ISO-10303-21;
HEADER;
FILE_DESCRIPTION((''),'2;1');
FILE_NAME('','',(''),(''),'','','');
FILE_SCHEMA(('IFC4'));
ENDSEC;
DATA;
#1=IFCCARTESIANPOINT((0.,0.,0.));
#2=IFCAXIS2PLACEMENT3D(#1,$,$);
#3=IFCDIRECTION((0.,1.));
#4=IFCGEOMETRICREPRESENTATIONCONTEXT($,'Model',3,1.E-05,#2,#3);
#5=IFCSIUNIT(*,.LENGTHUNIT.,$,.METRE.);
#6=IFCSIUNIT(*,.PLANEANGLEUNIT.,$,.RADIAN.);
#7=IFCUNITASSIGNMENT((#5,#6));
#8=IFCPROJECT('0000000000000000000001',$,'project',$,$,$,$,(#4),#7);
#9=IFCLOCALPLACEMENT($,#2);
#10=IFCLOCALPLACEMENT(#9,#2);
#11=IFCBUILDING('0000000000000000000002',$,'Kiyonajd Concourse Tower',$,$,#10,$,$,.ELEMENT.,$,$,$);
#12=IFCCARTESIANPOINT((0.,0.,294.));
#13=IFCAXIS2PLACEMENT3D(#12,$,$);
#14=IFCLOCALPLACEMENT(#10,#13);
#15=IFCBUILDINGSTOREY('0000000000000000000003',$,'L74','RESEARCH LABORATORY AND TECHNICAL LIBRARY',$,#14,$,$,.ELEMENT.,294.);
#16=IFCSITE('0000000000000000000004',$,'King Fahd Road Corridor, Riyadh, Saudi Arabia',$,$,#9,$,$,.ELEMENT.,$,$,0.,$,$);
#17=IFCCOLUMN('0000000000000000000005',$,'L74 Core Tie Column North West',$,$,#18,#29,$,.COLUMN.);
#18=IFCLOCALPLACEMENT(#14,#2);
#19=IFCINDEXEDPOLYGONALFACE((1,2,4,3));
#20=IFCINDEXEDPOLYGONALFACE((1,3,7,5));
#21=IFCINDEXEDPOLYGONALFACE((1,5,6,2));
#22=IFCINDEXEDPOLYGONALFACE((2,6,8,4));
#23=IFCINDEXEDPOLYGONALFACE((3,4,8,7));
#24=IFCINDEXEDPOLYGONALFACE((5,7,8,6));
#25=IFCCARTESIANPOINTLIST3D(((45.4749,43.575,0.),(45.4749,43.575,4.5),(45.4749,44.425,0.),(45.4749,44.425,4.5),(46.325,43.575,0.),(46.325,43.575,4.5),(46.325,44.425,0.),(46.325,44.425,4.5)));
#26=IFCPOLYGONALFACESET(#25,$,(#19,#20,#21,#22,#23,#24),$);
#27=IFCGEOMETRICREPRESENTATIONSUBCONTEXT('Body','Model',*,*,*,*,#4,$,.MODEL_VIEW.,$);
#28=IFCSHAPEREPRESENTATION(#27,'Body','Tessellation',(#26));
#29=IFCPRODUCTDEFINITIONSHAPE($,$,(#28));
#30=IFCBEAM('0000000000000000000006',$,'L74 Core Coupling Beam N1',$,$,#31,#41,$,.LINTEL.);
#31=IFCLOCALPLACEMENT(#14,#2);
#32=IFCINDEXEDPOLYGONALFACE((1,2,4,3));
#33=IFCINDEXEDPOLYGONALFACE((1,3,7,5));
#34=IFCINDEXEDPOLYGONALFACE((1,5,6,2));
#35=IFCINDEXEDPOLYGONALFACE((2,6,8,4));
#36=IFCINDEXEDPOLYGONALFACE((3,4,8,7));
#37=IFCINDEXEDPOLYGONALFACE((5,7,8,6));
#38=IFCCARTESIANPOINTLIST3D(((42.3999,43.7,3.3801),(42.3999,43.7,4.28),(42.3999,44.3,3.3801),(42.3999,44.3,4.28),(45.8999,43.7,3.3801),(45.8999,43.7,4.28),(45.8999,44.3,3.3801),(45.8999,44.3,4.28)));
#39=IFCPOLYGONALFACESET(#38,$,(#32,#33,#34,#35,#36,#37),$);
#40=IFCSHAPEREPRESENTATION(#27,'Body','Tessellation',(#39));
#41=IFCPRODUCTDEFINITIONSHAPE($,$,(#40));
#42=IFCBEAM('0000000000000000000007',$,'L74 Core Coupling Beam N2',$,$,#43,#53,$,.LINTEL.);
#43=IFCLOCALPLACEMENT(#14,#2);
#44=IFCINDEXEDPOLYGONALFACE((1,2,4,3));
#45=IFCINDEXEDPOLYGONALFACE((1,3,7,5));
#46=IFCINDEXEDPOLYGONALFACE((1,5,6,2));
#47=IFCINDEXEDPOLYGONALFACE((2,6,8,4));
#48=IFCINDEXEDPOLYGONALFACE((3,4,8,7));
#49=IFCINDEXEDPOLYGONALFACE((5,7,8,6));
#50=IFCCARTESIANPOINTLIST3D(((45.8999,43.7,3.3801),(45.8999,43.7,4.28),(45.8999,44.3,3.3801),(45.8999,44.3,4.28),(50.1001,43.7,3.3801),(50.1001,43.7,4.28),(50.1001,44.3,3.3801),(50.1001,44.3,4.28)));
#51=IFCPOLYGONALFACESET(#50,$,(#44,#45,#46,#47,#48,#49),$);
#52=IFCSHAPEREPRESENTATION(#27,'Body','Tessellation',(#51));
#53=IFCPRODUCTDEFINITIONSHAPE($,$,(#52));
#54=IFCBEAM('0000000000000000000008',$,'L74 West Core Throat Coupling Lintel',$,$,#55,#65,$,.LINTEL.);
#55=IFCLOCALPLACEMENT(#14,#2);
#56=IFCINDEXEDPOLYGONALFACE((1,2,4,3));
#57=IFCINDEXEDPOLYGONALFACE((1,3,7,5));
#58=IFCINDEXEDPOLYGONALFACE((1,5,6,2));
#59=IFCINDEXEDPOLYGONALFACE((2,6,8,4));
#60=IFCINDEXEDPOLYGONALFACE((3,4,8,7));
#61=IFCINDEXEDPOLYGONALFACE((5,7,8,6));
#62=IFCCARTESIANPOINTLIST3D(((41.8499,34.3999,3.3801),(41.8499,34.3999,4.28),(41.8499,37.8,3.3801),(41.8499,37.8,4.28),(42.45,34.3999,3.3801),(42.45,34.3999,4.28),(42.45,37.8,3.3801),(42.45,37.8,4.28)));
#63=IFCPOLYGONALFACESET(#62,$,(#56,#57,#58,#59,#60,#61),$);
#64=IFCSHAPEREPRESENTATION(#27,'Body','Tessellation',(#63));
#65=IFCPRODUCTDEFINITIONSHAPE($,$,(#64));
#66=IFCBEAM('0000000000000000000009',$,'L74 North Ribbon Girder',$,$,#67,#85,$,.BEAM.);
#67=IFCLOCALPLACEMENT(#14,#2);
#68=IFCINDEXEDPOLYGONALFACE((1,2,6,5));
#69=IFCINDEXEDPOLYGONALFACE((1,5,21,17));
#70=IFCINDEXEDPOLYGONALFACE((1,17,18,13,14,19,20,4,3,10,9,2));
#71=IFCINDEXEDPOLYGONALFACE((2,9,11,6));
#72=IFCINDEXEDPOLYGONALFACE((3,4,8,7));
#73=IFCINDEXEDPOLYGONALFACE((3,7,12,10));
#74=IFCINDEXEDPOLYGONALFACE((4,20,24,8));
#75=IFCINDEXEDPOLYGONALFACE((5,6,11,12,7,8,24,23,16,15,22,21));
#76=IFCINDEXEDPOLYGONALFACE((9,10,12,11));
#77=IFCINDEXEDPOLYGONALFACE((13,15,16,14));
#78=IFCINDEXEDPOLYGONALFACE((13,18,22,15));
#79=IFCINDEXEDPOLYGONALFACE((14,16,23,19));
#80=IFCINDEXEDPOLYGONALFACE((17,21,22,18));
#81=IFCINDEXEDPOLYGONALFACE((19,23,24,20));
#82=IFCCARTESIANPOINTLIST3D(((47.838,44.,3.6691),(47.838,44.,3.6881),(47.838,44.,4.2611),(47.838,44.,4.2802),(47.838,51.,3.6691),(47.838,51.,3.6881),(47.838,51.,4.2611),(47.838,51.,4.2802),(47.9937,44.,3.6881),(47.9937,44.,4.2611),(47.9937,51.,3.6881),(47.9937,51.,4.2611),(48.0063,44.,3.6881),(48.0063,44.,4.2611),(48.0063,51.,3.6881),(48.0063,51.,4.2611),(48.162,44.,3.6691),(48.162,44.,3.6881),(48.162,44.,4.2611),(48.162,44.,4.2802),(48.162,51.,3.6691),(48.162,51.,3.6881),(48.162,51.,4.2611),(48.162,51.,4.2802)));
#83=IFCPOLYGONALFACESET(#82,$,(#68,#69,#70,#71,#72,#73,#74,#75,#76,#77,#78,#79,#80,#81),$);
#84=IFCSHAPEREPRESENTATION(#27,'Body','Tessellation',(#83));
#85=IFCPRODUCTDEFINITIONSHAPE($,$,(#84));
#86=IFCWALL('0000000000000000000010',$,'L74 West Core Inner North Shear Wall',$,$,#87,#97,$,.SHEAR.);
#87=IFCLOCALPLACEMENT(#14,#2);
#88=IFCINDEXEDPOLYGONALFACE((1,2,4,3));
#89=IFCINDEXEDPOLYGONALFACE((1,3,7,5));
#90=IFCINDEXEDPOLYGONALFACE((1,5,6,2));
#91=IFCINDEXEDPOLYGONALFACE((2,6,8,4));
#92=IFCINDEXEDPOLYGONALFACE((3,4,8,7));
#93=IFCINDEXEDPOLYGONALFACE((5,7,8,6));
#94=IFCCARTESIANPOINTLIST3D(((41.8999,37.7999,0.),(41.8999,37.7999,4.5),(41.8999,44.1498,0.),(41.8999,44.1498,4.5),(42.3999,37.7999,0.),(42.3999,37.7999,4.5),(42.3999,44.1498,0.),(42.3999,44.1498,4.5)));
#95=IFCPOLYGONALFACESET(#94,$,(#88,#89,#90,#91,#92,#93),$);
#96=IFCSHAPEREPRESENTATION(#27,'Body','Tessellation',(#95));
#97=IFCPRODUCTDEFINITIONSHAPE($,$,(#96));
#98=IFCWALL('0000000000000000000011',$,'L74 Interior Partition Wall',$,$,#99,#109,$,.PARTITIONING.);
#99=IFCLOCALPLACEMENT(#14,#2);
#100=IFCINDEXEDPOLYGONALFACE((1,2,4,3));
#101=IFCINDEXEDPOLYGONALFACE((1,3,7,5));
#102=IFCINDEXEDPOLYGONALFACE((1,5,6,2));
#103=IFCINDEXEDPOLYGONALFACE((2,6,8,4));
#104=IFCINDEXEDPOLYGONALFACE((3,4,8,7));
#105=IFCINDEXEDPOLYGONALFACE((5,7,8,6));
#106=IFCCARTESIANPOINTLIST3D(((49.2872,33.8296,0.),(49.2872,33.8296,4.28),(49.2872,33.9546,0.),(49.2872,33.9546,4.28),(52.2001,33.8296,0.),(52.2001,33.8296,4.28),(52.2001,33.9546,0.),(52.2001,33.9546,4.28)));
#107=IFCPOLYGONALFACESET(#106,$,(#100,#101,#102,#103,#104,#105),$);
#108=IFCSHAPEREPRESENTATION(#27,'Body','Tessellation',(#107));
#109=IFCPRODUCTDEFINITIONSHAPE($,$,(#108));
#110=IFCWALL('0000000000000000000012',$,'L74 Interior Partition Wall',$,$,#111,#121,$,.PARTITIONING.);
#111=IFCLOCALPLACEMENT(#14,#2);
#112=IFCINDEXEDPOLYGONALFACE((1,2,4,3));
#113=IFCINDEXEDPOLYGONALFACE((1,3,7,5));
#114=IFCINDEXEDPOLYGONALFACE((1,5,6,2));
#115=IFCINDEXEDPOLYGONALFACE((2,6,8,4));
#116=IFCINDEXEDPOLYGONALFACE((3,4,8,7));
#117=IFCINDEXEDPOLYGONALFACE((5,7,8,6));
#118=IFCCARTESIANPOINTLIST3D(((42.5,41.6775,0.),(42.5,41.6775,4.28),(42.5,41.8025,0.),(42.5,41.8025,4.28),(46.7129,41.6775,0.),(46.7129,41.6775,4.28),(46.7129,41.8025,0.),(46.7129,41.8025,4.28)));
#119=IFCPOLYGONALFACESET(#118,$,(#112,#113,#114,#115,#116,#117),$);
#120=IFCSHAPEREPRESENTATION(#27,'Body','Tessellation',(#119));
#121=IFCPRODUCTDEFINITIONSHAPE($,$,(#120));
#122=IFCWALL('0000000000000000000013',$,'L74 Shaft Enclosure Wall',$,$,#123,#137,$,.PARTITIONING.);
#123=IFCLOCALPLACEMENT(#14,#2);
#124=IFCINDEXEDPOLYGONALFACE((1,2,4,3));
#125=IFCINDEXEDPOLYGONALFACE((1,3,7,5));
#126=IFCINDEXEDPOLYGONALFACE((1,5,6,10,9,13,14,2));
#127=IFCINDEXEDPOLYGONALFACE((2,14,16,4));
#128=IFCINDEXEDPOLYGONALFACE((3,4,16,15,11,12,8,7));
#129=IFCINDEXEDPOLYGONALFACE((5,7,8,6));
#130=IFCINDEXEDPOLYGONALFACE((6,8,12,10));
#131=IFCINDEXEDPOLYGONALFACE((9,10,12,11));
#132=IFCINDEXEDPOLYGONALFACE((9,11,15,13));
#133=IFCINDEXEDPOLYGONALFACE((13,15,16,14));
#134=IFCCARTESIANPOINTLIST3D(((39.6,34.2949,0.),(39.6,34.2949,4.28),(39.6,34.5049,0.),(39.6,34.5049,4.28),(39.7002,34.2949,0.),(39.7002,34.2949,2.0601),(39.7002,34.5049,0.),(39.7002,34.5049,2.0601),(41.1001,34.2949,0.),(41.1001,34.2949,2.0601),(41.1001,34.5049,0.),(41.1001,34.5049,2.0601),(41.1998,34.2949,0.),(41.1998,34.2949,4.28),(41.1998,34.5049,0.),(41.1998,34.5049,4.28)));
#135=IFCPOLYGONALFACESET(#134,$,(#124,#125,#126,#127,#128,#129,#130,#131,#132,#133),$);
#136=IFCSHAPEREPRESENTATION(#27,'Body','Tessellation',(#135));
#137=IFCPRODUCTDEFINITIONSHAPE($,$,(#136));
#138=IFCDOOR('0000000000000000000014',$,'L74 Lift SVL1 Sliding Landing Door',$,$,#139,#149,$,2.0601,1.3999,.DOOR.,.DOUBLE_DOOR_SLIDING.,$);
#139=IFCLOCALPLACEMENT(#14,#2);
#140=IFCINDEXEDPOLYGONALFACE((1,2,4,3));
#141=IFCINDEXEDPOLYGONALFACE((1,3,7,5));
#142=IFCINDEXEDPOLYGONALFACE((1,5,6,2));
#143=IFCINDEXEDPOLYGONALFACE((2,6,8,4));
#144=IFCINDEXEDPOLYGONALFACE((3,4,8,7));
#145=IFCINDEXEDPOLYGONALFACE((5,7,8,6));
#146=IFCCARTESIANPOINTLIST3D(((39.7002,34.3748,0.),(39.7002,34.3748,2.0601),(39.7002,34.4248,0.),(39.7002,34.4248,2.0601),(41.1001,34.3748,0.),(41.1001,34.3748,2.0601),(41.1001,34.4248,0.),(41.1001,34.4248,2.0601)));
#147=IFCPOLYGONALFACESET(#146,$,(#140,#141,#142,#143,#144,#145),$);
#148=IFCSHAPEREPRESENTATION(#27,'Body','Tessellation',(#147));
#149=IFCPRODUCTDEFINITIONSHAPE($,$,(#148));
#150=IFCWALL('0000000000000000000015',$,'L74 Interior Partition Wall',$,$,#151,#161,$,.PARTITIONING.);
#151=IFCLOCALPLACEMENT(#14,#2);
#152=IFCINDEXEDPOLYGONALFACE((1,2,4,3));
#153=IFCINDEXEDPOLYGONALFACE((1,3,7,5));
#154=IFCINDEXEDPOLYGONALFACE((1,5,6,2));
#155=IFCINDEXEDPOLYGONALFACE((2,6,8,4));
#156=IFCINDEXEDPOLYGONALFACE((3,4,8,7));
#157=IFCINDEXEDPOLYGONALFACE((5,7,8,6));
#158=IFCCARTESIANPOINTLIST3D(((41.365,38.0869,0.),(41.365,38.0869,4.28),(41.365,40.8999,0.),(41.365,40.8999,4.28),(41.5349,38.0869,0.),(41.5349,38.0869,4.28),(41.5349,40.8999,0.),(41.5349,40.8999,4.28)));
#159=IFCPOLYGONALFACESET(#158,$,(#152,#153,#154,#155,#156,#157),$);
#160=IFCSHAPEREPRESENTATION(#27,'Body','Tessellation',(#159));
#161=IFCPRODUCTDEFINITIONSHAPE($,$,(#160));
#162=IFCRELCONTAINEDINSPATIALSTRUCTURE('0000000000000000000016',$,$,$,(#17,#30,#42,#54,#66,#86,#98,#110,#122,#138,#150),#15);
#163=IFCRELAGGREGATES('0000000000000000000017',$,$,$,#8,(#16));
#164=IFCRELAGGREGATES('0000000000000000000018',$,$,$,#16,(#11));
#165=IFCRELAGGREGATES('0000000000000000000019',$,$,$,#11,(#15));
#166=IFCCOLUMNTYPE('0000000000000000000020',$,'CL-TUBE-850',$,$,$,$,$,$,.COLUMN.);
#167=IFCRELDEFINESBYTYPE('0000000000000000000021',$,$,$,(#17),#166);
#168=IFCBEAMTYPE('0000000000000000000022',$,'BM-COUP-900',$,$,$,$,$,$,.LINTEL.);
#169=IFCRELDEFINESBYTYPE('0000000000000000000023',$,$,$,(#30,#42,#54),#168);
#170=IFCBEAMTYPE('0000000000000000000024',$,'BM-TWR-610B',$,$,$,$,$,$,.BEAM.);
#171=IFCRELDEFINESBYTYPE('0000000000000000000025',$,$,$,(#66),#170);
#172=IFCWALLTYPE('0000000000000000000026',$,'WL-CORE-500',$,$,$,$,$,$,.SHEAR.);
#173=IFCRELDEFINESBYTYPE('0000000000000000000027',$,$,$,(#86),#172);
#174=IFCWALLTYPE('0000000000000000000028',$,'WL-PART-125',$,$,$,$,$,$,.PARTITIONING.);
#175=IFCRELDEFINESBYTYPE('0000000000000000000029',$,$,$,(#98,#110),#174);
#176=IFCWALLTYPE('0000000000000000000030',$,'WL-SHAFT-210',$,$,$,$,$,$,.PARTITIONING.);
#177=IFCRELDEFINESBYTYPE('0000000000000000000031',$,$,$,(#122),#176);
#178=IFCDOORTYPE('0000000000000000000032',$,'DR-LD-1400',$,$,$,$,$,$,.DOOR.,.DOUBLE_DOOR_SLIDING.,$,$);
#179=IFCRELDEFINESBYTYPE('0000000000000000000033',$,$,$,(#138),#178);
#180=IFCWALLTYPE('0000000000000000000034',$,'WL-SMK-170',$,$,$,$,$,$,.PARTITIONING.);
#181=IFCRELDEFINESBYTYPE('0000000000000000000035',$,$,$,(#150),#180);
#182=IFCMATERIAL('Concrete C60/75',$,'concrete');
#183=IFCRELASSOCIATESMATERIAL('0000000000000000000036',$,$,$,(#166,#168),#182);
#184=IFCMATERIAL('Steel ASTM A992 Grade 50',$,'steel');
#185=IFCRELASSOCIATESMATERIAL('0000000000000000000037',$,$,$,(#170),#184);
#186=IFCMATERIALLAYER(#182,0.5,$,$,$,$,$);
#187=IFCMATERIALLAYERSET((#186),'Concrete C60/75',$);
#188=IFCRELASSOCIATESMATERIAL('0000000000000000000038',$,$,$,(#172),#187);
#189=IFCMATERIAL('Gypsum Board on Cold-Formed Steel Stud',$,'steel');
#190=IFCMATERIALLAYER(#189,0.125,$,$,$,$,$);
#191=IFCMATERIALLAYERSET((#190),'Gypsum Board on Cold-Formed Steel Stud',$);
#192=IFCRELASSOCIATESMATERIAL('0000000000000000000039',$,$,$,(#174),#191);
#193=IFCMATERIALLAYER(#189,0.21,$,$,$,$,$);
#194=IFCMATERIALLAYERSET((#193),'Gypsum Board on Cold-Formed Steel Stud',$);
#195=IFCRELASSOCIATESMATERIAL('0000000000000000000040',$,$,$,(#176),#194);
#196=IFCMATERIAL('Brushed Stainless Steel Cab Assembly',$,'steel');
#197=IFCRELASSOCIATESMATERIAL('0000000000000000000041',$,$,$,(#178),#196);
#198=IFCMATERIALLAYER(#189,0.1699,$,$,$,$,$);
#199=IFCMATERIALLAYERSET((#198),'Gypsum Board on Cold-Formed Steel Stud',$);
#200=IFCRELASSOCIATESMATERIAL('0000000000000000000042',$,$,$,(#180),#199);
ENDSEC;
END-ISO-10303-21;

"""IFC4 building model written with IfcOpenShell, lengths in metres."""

from ifc_helpers import new_model, si_unit, direction, frame, frame_2d, origin, origin_2d, place, context, subcontext, project, spatial, rectangle, i_section, extrude, material, layer, layer_set, material_profile, profile_set, type_object, element, fill, save


model = new_model("IFC4")

# Units and contexts
model_context = context("Model", 3, precision=1e-05, world=origin(), true_north=direction((0.0, 1.0)))
body_context = subcontext(model_context, "Body", "Model", "MODEL_VIEW")
ifc_project = project(units=[si_unit("LENGTHUNIT", "METRE"), si_unit("PLANEANGLEUNIT", "RADIAN")], contexts=[model_context])

# Site, building, storey
site_placement = place(None, origin())
site = spatial("IfcSite", under=ifc_project, at=site_placement, Name="King Fahd Road Corridor, Riyadh, Saudi Arabia", CompositionType="ELEMENT", RefElevation=0.0)
building_placement = place(site_placement, origin())
building = spatial("IfcBuilding", under=site, at=building_placement, Name="Kiyonajd Concourse Tower", CompositionType="ELEMENT")
storey_placement = place(building_placement, frame((0.0, 0.0, 294.0)))
storey = spatial("IfcBuildingStorey", under=building, at=storey_placement, Name="L74", Description="RESEARCH LABORATORY AND TECHNICAL LIBRARY", CompositionType="ELEMENT", Elevation=294.0)

# Column
ifc_material_1 = material(Name="Concrete C60/75", Category="concrete")
ifc_material_profile_1 = material_profile(ifc_material_1, rectangle(XDim=0.8501, YDim=0.8501, at=origin_2d()), Name="RC-850x850")
ifc_profile_set_1 = profile_set([ifc_material_profile_1], Name="Concrete C60/75")
column_type = type_object("IfcColumnType", Name="CL-TUBE-850", PredefinedType="COLUMN", material=ifc_profile_set_1)
column_placement = place(storey_placement, frame((45.8999, 44.0, 0.0), z_axis=(0.0, 0.0, 1.0), x_axis=(1.0, 0.0, 0.0)))
element("IfcColumn", 1, at=column_placement, inside=storey, type_object=column_type, Name="L74 Core Tie Column North West", PredefinedType="COLUMN", context=body_context, shape_type="SweptSolid", body=[
    extrude(rectangle(XDim=0.8501, YDim=0.8501, at=origin_2d()), origin(), (0.0, 0.0, 1.0), 4.5),
])

# Beams
ifc_material_profile_2 = material_profile(ifc_material_1, rectangle(XDim=0.6001, YDim=0.8999, at=origin_2d()), Name="RCBM-600x900")
ifc_profile_set_2 = profile_set([ifc_material_profile_2], Name="Concrete C60/75")
beam_type_1 = type_object("IfcBeamType", Name="BM-COUP-900", PredefinedType="LINTEL", material=ifc_profile_set_2)
beam_1_placement = place(storey_placement, frame((42.3999, 44.0, 3.8301), z_axis=(1.0, 0.0, 0.0), x_axis=(0.0, 1.0, 0.0)))
element("IfcBeam", 2, at=beam_1_placement, inside=storey, type_object=beam_type_1, Name="L74 Core Coupling Beam N1", PredefinedType="LINTEL", context=body_context, shape_type="SweptSolid", body=[
    extrude(rectangle(XDim=0.6001, YDim=0.8999, at=origin_2d()), origin(), (0.0, 0.0, 1.0), 3.5),
])
beam_2_placement = place(storey_placement, frame((45.8999, 44.0, 3.8301), z_axis=(1.0, 0.0, 0.0), x_axis=(0.0, 1.0, 0.0)))
element("IfcBeam", 3, at=beam_2_placement, inside=storey, type_object=beam_type_1, Name="L74 Core Coupling Beam N2", PredefinedType="LINTEL", context=body_context, shape_type="SweptSolid", body=[
    extrude(rectangle(XDim=0.6001, YDim=0.8999, at=origin_2d()), origin(), (0.0, 0.0, 1.0), 4.2002),
])
beam_3_placement = place(storey_placement, frame((42.1499, 34.3999, 3.8301), z_axis=(0.0, 1.0, 0.0), x_axis=(-1.0, 0.0, 0.0)))
element("IfcBeam", 4, at=beam_3_placement, inside=storey, type_object=beam_type_1, Name="L74 West Core Throat Coupling Lintel", PredefinedType="LINTEL", context=body_context, shape_type="SweptSolid", body=[
    extrude(rectangle(XDim=0.6001, YDim=0.8999, at=origin_2d()), origin(), (0.0, 0.0, 1.0), 3.4001),
])
ifc_material_2 = material(Name="Steel ASTM A992 Grade 50", Category="steel")
ifc_material_profile_3 = material_profile(ifc_material_2, i_section(OverallWidth=0.324, OverallDepth=0.6111, WebThickness=0.0127, FlangeThickness=0.019, at=origin_2d()), Name="W610X155")
ifc_profile_set_3 = profile_set([ifc_material_profile_3], Name="Steel ASTM A992 Grade 50")
beam_type_2 = type_object("IfcBeamType", Name="BM-TWR-610B", PredefinedType="BEAM", material=ifc_profile_set_3)
beam_4_placement = place(storey_placement, frame((48.0, 44.0, 3.9746), z_axis=(0.0, 1.0, 0.0), x_axis=(-1.0, 0.0, 0.0)))
element("IfcBeam", 5, at=beam_4_placement, inside=storey, type_object=beam_type_2, Name="L74 North Ribbon Girder", PredefinedType="BEAM", context=body_context, shape_type="SweptSolid", body=[
    extrude(i_section(OverallWidth=0.324, OverallDepth=0.6111, WebThickness=0.0127, FlangeThickness=0.019, at=origin_2d()), origin(), (0.0, 0.0, 1.0), 7.0),
])

# Walls
ifc_layer_1 = layer(ifc_material_1, 0.5)
ifc_layer_set_1 = layer_set([ifc_layer_1], Name="Concrete C60/75")
wall_type_1 = type_object("IfcWallType", Name="WL-CORE-500", PredefinedType="SHEAR", material=ifc_layer_set_1)
wall_1_placement = place(storey_placement, frame((42.1499, 37.8, 0.0), z_axis=(0.0, 0.0, 1.0), x_axis=(0.0, 1.0, 0.0)))
element("IfcWall", 6, at=wall_1_placement, inside=storey, type_object=wall_type_1, Name="L74 West Core Inner North Shear Wall", PredefinedType="SHEAR", context=body_context, shape_type="SweptSolid", body=[
    extrude(rectangle(XDim=6.3499, YDim=0.5, at=frame_2d((3.1748, 0.0))), origin(), (0.0, 0.0, 1.0), 4.5),
])
ifc_material_3 = material(Name="Gypsum Board on Cold-Formed Steel Stud", Category="steel")
ifc_layer_2 = layer(ifc_material_3, 0.125)
ifc_layer_set_2 = layer_set([ifc_layer_2], Name="Gypsum Board on Cold-Formed Steel Stud")
wall_type_2 = type_object("IfcWallType", Name="WL-PART-125", PredefinedType="PARTITIONING", material=ifc_layer_set_2)
wall_2_placement = place(storey_placement, frame((49.2871, 33.8921, 0.0), z_axis=(0.0, 0.0, 1.0), x_axis=(1.0, 0.0, 0.0)))
element("IfcWall", 7, at=wall_2_placement, inside=storey, type_object=wall_type_2, Name="L74 Interior Partition Wall", PredefinedType="PARTITIONING", context=body_context, shape_type="SweptSolid", body=[
    extrude(rectangle(XDim=2.9128, YDim=0.125, at=frame_2d((1.4565, 0.0))), origin(), (0.0, 0.0, 1.0), 4.28),
])
wall_3_placement = place(storey_placement, frame((42.5, 41.74, 0.0), z_axis=(0.0, 0.0, 1.0), x_axis=(1.0, 0.0, 0.0)))
element("IfcWall", 8, at=wall_3_placement, inside=storey, type_object=wall_type_2, Name="L74 Interior Partition Wall", PredefinedType="PARTITIONING", context=body_context, shape_type="SweptSolid", body=[
    extrude(rectangle(XDim=4.2129, YDim=0.125, at=frame_2d((2.1064, 0.0))), origin(), (0.0, 0.0, 1.0), 4.28),
])

# Wall, opening, door
ifc_layer_3 = layer(ifc_material_3, 0.21)
ifc_layer_set_3 = layer_set([ifc_layer_3], Name="Gypsum Board on Cold-Formed Steel Stud")
wall_type_3 = type_object("IfcWallType", Name="WL-SHAFT-210", PredefinedType="PARTITIONING", material=ifc_layer_set_3)
wall_4_placement = place(storey_placement, frame((39.6001, 34.3999, 0.0), z_axis=(0.0, 0.0, 1.0), x_axis=(1.0, 0.0, 0.0)))
wall_4 = element("IfcWall", 9, at=wall_4_placement, inside=storey, type_object=wall_type_3, Name="L74 Shaft Enclosure Wall", PredefinedType="PARTITIONING", context=body_context, shape_type="SweptSolid", body=[
    extrude(rectangle(XDim=1.5999, YDim=0.21, at=frame_2d((0.7998, 0.0))), origin(), (0.0, 0.0, 1.0), 4.28),
])
opening_1_placement = place(wall_4_placement, frame((0.1001, 0.0, 0.0)))
opening_1 = element("IfcOpeningElement", 10, at=opening_1_placement, cuts=wall_4, PredefinedType="OPENING", context=body_context, shape_type="SweptSolid", body=[
    extrude(rectangle(XDim=1.3999, YDim=2.0601, at=frame_2d((0.7, 1.03))), frame((0.0, 0.115, 0.0), z_axis=(0.0, -1.0, 0.0), x_axis=(1.0, 0.0, 0.0)), (0.0, 0.0, 1.0), 0.23),
])
ifc_material_4 = material(Name="Brushed Stainless Steel Cab Assembly", Category="steel")
door_type_1 = type_object("IfcDoorType", Name="DR-LD-1400", OperationType="DOUBLE_DOOR_SLIDING", PredefinedType="DOOR", material=ifc_material_4)
door_1_placement = place(opening_1_placement, origin())
door_1 = element("IfcDoor", 11, at=door_1_placement, inside=storey, type_object=door_type_1, Name="L74 Lift SVL1 Sliding Landing Door", OperationType="DOUBLE_DOOR_SLIDING", OverallHeight=2.0601, OverallWidth=1.3999, PredefinedType="DOOR", context=body_context, shape_type="SweptSolid", body=[
    extrude(rectangle(XDim=1.3999, YDim=2.0601, at=frame_2d((0.7, 1.03))), frame((0.0, 0.0249, 0.0), z_axis=(0.0, -1.0, 0.0), x_axis=(1.0, 0.0, 0.0)), (0.0, 0.0, 1.0), 0.05),
])
fill(opening_1, door_1)

# Wall
ifc_layer_4 = layer(ifc_material_3, 0.1699)
ifc_layer_set_4 = layer_set([ifc_layer_4], Name="Gypsum Board on Cold-Formed Steel Stud")
wall_type_4 = type_object("IfcWallType", Name="WL-SMK-170", PredefinedType="PARTITIONING", material=ifc_layer_set_4)
wall_5_placement = place(storey_placement, frame((41.45, 38.0869, 0.0), z_axis=(0.0, 0.0, 1.0), x_axis=(0.0, 1.0, 0.0)))
element("IfcWall", 12, at=wall_5_placement, inside=storey, type_object=wall_type_4, Name="L74 Interior Partition Wall", PredefinedType="PARTITIONING", context=body_context, shape_type="SweptSolid", body=[
    extrude(rectangle(XDim=2.813, YDim=0.1699, at=frame_2d((1.4065, 0.0))), origin(), (0.0, 0.0, 1.0), 4.28),
])

save(model, "model.ifc")
